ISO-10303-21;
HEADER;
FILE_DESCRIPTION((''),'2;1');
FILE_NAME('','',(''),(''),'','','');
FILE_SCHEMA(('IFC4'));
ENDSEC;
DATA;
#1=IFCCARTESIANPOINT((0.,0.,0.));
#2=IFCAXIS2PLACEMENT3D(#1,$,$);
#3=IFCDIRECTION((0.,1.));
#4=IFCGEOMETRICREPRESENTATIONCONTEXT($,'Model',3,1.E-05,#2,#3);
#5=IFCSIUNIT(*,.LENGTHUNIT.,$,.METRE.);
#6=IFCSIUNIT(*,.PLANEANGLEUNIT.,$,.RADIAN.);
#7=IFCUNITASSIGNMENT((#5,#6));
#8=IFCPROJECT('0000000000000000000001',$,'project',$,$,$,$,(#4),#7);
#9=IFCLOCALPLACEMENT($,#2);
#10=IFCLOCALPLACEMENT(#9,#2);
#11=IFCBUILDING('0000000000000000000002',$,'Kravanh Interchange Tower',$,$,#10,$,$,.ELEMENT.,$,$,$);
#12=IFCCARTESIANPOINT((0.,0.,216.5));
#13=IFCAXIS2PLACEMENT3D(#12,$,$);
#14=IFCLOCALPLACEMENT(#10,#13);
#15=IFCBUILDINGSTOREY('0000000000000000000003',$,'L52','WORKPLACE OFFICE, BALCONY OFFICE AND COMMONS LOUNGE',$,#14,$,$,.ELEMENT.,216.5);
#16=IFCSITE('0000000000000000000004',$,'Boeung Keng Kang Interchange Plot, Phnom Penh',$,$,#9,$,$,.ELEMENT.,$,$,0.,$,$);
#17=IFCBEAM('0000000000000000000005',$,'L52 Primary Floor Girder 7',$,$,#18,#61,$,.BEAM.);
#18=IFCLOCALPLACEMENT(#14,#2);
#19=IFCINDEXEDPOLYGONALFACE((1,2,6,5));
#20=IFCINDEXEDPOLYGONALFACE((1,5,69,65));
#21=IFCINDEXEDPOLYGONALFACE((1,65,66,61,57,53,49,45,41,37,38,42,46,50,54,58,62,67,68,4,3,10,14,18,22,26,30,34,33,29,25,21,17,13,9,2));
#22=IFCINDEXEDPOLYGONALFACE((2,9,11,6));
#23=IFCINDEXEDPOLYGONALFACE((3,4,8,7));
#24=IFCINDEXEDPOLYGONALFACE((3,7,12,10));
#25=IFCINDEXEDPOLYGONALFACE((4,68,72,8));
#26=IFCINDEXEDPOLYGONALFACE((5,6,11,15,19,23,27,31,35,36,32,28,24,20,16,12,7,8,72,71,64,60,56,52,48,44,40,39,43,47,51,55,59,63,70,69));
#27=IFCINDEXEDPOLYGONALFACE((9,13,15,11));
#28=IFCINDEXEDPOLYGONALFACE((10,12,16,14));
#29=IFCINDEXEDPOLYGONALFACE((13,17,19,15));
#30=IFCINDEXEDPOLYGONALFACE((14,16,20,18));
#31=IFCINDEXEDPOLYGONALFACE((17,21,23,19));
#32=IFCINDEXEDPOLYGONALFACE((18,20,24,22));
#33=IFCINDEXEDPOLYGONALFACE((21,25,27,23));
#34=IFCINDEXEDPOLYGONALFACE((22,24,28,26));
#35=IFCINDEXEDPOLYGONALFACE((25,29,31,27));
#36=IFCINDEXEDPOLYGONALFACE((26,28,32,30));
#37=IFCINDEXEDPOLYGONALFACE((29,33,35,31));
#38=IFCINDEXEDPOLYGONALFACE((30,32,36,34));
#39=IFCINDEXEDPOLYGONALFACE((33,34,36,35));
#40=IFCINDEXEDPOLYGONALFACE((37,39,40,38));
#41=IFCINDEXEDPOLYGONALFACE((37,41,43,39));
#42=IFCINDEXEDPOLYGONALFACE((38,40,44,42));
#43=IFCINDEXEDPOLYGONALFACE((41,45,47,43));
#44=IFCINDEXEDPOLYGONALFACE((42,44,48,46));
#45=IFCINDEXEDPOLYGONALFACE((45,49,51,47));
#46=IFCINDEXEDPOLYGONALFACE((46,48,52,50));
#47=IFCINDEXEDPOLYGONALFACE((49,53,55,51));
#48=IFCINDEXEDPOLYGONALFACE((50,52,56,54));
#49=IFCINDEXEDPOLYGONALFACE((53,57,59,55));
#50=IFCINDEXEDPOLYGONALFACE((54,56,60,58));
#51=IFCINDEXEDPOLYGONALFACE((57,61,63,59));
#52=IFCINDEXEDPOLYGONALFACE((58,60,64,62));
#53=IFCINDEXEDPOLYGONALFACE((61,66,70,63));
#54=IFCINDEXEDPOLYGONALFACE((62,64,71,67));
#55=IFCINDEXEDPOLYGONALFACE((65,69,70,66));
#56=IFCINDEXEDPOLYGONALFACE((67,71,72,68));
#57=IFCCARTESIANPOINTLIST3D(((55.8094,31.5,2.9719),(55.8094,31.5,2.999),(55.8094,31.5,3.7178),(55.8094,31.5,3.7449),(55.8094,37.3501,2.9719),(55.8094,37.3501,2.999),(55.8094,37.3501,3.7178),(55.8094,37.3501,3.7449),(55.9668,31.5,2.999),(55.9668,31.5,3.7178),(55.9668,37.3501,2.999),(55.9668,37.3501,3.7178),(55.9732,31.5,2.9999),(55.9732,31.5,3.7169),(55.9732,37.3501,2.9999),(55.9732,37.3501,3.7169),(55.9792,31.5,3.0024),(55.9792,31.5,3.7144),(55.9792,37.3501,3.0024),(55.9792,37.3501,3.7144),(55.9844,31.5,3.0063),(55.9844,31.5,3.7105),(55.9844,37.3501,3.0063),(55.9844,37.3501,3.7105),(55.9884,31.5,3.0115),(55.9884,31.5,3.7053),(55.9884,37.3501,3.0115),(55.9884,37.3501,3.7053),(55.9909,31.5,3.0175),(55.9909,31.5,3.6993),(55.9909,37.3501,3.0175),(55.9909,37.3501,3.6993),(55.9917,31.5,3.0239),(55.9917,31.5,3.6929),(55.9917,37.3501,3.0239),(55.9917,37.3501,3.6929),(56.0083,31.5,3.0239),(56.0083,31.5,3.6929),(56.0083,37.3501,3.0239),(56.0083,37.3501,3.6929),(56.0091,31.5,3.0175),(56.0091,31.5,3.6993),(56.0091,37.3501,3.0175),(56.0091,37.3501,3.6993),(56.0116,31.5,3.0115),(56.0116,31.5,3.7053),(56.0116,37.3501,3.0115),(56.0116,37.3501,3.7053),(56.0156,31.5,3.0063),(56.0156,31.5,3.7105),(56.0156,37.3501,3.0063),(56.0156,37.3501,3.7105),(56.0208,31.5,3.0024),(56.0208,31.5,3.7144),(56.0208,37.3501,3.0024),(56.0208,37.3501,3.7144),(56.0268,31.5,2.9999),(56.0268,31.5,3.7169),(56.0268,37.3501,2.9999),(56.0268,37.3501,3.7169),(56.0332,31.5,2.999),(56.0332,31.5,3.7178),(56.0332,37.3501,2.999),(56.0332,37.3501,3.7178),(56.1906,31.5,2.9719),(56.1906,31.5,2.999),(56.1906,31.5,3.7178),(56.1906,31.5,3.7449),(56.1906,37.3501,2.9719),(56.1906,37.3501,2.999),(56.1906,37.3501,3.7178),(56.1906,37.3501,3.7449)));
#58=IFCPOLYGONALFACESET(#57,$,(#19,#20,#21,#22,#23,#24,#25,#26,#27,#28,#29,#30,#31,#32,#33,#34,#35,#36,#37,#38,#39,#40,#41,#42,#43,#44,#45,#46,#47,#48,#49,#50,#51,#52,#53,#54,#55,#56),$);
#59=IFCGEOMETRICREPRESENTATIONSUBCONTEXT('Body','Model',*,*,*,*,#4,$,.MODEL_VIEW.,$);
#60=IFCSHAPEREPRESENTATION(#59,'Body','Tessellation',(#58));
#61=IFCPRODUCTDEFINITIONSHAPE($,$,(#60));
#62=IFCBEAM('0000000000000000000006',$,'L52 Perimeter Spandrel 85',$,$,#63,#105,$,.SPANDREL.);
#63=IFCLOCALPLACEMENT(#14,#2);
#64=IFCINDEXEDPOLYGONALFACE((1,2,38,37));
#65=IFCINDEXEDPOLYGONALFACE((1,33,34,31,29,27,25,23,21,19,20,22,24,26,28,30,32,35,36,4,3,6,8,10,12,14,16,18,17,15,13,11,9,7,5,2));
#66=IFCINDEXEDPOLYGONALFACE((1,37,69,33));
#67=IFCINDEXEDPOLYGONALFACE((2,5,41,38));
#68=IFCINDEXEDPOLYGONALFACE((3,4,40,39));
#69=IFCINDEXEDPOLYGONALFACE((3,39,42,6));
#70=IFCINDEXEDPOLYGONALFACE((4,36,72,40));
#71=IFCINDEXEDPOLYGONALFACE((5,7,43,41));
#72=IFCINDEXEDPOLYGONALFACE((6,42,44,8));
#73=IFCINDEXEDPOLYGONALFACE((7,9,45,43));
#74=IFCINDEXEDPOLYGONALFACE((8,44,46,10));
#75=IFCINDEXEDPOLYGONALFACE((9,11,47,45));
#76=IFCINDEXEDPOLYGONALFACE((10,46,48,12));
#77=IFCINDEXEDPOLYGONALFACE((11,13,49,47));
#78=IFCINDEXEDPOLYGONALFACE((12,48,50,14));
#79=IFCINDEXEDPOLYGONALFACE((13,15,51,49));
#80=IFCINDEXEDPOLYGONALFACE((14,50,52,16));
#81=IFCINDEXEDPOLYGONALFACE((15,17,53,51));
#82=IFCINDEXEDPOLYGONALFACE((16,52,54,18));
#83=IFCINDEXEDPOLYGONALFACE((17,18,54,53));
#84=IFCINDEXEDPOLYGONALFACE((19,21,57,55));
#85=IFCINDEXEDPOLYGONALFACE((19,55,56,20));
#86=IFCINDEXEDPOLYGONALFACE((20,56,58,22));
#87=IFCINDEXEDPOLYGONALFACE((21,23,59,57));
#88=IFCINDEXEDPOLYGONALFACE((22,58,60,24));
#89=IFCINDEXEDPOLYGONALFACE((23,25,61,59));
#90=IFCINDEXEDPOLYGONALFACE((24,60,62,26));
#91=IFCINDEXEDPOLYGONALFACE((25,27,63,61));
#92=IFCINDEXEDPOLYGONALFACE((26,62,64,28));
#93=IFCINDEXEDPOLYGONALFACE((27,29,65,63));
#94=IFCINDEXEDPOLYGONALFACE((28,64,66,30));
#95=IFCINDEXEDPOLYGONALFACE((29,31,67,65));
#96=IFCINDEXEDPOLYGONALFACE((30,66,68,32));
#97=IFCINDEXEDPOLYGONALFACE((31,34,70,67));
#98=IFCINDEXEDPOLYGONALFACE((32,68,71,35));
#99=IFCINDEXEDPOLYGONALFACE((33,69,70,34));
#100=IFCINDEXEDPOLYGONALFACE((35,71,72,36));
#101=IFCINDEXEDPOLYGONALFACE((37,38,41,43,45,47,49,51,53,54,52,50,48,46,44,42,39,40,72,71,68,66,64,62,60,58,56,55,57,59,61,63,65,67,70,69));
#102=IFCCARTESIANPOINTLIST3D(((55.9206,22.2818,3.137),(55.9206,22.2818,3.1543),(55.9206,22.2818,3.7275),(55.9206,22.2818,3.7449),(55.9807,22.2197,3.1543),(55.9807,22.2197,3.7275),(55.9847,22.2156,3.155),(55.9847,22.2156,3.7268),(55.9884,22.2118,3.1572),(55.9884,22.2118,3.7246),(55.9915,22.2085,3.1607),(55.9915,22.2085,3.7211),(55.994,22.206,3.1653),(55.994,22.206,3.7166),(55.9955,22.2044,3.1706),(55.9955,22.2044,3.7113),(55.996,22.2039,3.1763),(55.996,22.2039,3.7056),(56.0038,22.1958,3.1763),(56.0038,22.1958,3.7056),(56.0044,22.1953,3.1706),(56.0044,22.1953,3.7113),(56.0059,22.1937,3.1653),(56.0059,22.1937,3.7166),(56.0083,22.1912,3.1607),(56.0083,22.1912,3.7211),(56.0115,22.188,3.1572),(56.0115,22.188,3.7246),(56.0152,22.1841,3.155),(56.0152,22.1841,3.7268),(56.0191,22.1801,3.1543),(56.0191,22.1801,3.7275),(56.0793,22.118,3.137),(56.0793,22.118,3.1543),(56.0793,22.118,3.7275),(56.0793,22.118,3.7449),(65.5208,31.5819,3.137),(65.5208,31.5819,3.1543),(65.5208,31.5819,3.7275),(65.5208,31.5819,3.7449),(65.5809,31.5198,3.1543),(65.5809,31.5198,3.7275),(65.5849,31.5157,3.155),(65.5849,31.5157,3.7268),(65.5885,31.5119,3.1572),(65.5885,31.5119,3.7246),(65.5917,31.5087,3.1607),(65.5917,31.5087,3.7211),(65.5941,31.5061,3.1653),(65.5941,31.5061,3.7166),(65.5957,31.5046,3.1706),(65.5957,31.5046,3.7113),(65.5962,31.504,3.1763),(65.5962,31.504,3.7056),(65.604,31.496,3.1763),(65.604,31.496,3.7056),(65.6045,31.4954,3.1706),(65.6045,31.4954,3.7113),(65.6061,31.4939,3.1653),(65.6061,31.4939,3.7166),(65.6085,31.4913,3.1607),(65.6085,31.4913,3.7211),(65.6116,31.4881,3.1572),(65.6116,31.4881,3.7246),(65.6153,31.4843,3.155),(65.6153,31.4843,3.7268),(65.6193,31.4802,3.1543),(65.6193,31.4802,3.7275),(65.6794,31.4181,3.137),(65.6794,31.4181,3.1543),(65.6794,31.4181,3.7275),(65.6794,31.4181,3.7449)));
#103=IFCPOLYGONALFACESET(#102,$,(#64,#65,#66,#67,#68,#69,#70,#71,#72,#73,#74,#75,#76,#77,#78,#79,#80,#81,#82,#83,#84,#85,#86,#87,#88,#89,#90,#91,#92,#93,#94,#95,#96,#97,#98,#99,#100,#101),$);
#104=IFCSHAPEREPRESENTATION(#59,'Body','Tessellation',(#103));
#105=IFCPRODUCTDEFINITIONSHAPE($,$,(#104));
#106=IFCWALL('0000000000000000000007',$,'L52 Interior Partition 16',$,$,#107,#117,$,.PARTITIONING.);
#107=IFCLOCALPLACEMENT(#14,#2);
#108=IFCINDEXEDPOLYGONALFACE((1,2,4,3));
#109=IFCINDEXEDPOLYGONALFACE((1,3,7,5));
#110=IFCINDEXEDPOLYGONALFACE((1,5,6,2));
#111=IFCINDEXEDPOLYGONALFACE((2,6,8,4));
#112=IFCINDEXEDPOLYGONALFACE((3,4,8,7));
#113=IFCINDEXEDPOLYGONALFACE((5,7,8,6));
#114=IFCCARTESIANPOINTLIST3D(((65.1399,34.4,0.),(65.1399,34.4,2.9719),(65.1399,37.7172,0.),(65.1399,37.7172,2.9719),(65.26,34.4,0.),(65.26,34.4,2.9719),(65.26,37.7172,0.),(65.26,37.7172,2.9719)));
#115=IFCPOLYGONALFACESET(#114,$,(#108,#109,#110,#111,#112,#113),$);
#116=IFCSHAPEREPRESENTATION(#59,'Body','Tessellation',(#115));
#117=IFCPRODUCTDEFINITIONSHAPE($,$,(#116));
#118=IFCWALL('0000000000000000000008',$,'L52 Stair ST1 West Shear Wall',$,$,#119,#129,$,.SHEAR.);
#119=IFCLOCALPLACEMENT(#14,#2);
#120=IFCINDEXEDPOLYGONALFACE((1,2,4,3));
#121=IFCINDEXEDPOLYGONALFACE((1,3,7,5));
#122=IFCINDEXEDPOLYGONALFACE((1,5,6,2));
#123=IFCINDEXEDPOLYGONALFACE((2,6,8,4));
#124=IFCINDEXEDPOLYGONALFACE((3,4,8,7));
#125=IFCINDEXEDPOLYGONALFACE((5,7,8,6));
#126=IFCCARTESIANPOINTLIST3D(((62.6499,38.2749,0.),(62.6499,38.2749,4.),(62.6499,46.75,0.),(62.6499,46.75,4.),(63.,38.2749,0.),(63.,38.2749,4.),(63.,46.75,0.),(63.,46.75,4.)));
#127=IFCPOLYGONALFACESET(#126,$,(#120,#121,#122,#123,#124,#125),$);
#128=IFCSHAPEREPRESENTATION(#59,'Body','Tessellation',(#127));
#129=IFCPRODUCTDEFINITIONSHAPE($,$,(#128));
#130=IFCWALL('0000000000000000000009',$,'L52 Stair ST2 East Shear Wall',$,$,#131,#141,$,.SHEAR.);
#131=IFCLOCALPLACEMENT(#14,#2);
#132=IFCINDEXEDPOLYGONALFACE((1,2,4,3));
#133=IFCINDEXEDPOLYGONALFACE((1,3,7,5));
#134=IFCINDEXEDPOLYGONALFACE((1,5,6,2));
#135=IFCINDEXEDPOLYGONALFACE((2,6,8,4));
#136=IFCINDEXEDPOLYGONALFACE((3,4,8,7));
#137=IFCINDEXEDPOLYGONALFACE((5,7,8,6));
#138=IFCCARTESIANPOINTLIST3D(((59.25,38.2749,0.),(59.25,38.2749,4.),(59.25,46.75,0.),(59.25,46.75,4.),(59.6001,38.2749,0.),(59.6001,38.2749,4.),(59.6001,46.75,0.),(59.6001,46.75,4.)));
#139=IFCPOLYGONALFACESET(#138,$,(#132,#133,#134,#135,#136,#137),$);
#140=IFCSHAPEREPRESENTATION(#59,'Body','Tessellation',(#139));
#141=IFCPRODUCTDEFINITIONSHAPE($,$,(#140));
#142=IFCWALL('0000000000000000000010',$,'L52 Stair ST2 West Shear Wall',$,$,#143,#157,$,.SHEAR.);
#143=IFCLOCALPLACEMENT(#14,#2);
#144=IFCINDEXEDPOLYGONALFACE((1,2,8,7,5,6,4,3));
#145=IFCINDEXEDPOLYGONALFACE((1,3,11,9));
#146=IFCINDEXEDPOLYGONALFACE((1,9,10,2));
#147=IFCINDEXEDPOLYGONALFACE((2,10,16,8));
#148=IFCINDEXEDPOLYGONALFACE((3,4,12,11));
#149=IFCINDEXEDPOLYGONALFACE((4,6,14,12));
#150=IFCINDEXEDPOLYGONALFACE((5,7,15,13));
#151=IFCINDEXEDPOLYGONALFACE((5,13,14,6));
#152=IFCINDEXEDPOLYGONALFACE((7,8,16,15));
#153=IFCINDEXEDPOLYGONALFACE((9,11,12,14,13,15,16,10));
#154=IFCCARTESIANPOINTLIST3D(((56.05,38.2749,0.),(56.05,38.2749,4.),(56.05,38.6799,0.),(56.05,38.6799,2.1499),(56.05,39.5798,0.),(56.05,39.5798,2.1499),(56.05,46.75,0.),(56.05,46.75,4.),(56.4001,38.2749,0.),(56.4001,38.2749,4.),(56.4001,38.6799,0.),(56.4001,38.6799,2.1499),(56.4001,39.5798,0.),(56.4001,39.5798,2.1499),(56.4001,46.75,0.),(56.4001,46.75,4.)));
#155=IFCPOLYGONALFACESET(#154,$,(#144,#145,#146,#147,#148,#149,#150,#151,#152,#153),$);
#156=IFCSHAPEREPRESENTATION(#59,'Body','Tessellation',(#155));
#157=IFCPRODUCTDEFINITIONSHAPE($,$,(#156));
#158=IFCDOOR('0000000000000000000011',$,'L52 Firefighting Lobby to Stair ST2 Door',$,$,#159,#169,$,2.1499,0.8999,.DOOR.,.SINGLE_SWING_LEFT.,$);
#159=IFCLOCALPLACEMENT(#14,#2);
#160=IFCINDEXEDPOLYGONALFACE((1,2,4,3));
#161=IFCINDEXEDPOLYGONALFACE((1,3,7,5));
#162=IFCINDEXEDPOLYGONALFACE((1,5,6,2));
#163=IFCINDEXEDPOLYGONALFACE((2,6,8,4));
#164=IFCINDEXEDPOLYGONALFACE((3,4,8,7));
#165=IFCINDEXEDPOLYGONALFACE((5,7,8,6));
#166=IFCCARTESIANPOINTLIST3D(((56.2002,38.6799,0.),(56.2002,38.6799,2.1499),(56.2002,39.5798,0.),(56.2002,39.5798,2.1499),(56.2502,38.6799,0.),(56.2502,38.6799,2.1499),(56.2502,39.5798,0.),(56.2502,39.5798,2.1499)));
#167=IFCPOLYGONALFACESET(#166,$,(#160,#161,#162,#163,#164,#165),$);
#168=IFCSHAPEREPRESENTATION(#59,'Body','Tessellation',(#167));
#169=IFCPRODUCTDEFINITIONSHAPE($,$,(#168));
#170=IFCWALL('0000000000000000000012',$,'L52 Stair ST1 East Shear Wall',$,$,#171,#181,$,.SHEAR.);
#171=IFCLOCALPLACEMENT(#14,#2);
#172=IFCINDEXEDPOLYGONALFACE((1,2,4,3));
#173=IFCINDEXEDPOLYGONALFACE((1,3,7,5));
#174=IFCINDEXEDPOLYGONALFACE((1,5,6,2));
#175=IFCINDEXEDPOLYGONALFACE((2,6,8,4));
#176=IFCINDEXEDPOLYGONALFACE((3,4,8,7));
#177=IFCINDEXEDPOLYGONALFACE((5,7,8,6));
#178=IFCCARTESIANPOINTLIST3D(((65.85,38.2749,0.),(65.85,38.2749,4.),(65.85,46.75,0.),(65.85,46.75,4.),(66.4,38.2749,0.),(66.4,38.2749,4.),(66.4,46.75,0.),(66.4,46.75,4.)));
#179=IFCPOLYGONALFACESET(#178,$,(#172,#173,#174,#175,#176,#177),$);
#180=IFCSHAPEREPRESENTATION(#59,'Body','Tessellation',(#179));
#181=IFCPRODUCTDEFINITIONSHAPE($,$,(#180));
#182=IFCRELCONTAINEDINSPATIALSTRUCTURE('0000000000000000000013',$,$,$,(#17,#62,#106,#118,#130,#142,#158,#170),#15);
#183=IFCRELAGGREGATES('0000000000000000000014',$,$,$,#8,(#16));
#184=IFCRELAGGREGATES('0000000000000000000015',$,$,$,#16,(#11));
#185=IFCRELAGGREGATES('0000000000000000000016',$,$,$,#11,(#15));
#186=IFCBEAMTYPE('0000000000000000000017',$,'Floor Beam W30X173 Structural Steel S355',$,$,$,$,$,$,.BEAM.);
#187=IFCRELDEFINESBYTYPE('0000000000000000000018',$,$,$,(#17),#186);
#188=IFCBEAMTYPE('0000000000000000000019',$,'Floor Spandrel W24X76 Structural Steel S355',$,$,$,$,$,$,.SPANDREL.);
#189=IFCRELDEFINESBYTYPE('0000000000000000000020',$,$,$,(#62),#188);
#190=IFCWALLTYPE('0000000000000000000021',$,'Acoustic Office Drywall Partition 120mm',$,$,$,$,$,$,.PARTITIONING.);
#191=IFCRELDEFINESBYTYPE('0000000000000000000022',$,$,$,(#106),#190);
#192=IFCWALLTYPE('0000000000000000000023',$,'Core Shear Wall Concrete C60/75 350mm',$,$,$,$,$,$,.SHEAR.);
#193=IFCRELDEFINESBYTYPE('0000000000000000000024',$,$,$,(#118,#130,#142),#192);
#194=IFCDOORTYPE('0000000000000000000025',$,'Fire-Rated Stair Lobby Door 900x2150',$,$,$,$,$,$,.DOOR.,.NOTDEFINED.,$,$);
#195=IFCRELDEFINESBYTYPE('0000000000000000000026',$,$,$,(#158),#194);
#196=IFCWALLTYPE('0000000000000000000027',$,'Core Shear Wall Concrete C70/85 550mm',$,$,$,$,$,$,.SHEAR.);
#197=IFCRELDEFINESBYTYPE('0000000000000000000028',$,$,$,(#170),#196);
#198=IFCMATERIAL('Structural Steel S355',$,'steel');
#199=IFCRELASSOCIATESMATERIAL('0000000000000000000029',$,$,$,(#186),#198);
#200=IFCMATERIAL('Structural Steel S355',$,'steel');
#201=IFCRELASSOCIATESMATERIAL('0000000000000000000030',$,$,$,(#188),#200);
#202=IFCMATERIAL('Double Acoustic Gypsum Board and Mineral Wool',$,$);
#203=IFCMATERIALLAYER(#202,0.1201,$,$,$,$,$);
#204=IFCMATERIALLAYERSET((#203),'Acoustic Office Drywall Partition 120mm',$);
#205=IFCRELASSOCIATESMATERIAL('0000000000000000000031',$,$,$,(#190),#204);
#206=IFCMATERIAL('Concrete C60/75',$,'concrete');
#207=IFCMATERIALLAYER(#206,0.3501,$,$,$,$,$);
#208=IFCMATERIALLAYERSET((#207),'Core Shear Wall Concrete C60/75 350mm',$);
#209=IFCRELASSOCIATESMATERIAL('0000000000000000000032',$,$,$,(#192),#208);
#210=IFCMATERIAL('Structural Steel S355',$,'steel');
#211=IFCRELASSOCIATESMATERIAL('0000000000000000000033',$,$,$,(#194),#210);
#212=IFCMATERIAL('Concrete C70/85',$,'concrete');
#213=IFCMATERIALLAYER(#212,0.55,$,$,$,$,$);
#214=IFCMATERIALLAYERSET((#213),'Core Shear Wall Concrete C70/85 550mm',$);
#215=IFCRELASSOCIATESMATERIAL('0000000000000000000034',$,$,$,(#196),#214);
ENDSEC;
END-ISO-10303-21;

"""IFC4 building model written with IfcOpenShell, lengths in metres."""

from ifc_helpers import new_model, si_unit, direction, frame, frame_2d, origin, origin_2d, place, context, subcontext, project, spatial, rectangle, i_section, extrude, material, layer, layer_set, material_profile, profile_set, type_object, element, fill, save


model = new_model("IFC4")

# Units and contexts
model_context = context("Model", 3, precision=1e-05, world=origin(), true_north=direction((0.0, 1.0)))
body_context = subcontext(model_context, "Body", "Model", "MODEL_VIEW")
ifc_project = project(units=[si_unit("LENGTHUNIT", "METRE"), si_unit("PLANEANGLEUNIT", "RADIAN")], contexts=[model_context])

# Site, building, storey
site_placement = place(None, origin())
site = spatial("IfcSite", under=ifc_project, at=site_placement, Name="Boeung Keng Kang Interchange Plot, Phnom Penh", CompositionType="ELEMENT", RefElevation=0.0)
building_placement = place(site_placement, origin())
building = spatial("IfcBuilding", under=site, at=building_placement, Name="Kravanh Interchange Tower", CompositionType="ELEMENT")
storey_placement = place(building_placement, frame((0.0, 0.0, 216.5)))
storey = spatial("IfcBuildingStorey", under=building, at=storey_placement, Name="L52", Description="WORKPLACE OFFICE, BALCONY OFFICE AND COMMONS LOUNGE", CompositionType="ELEMENT", Elevation=216.5)

# Beams
ifc_material_1 = material(Name="Structural Steel S355", Category="steel")
ifc_material_profile_1 = material_profile(ifc_material_1, i_section(OverallWidth=0.3811, OverallDepth=0.7729, WebThickness=0.0166, FlangeThickness=0.0271, FilletRadius=0.0249, at=origin_2d()), Name="W30X173")
ifc_profile_set_1 = profile_set([ifc_material_profile_1], Name="Structural Steel S355")
beam_type_1 = type_object("IfcBeamType", Name="Floor Beam W30X173 Structural Steel S355", PredefinedType="BEAM", material=ifc_profile_set_1)
beam_1_placement = place(storey_placement, frame((56.0, 37.3501, 3.3584), z_axis=(0.0, -1.0, 0.0), x_axis=(1.0, 0.0, 0.0)))
element("IfcBeam", 1, at=beam_1_placement, inside=storey, type_object=beam_type_1, Name="L52 Primary Floor Girder 7", PredefinedType="BEAM", context=body_context, shape_type="SweptSolid", body=[
    extrude(i_section(OverallWidth=0.3811, OverallDepth=0.7729, WebThickness=0.0166, FlangeThickness=0.0271, FilletRadius=0.0249, at=origin_2d()), origin(), (0.0, 0.0, 1.0), 5.8501),
])
ifc_material_2 = material(Name="Structural Steel S355", Category="steel")
ifc_material_profile_2 = material_profile(ifc_material_2, i_section(OverallWidth=0.228, OverallDepth=0.6079, WebThickness=0.0112, FlangeThickness=0.0173, FilletRadius=0.022, at=origin_2d()), Name="W24X76")
ifc_profile_set_2 = profile_set([ifc_material_profile_2], Name="Structural Steel S355")
beam_type_2 = type_object("IfcBeamType", Name="Floor Spandrel W24X76 Structural Steel S355", PredefinedType="SPANDREL", material=ifc_profile_set_2)
beam_2_placement = place(storey_placement, frame((65.6001, 31.5, 3.4409), z_axis=(-0.718242, -0.695793, 0.0), x_axis=(0.695793, -0.718242, 0.0)))
element("IfcBeam", 2, at=beam_2_placement, inside=storey, type_object=beam_type_2, Name="L52 Perimeter Spandrel 85", PredefinedType="SPANDREL", context=body_context, shape_type="SweptSolid", body=[
    extrude(i_section(OverallWidth=0.228, OverallDepth=0.6079, WebThickness=0.0112, FlangeThickness=0.0173, FilletRadius=0.022, at=origin_2d()), origin(), (0.0, 0.0, 1.0), 13.3662),
])

# Walls
ifc_material_3 = material(Name="Double Acoustic Gypsum Board and Mineral Wool")
ifc_layer_1 = layer(ifc_material_3, 0.1201)
ifc_layer_set_1 = layer_set([ifc_layer_1], Name="Acoustic Office Drywall Partition 120mm")
wall_type_1 = type_object("IfcWallType", Name="Acoustic Office Drywall Partition 120mm", PredefinedType="PARTITIONING", material=ifc_layer_set_1)
wall_1_placement = place(storey_placement, frame((65.2, 34.3999, 0.0), z_axis=(0.0, 0.0, 1.0), x_axis=(0.0, 1.0, 0.0)))
element("IfcWall", 3, at=wall_1_placement, inside=storey, type_object=wall_type_1, Name="L52 Interior Partition 16", PredefinedType="PARTITIONING", context=body_context, shape_type="SweptSolid", body=[
    extrude(rectangle(XDim=3.3171, YDim=0.1201, at=frame_2d((1.6587, 0.0))), origin(), (0.0, 0.0, 1.0), 2.9719),
])
ifc_material_4 = material(Name="Concrete C60/75", Category="concrete")
ifc_layer_2 = layer(ifc_material_4, 0.3501)
ifc_layer_set_2 = layer_set([ifc_layer_2], Name="Core Shear Wall Concrete C60/75 350mm")
wall_type_2 = type_object("IfcWallType", Name="Core Shear Wall Concrete C60/75 350mm", PredefinedType="SHEAR", material=ifc_layer_set_2)
for number, where, z_axis, x_axis, name in (
    (4, (62.825, 38.2749, 0.0), (0.0, 0.0, 1.0), (0.0, 1.0, 0.0), "L52 Stair ST1 West Shear Wall"),
    (5, (59.425, 38.2749, 0.0), (0.0, 0.0, 1.0), (0.0, 1.0, 0.0), "L52 Stair ST2 East Shear Wall"),
):
    element("IfcWall", number, at=place(storey_placement, frame(where, z_axis=z_axis, x_axis=x_axis)), inside=storey, type_object=wall_type_2, Name=name, PredefinedType="SHEAR", context=body_context, shape_type="SweptSolid", body=[
        extrude(rectangle(XDim=8.4751, YDim=0.3501, at=frame_2d((4.2375, 0.0))), origin(), (0.0, 0.0, 1.0), 4.0),
    ])

# Wall, opening, door
wall_2_placement = place(storey_placement, frame((56.2251, 38.2749, 0.0), z_axis=(0.0, 0.0, 1.0), x_axis=(0.0, 1.0, 0.0)))
wall_2 = element("IfcWall", 6, at=wall_2_placement, inside=storey, type_object=wall_type_2, Name="L52 Stair ST2 West Shear Wall", PredefinedType="SHEAR", context=body_context, shape_type="SweptSolid", body=[
    extrude(rectangle(XDim=8.4751, YDim=0.3501, at=frame_2d((4.2375, 0.0))), origin(), (0.0, 0.0, 1.0), 4.0),
])
opening_1_placement = place(wall_2_placement, frame((0.405, 0.0, 0.0)))
opening_1 = element("IfcOpeningElement", 7, at=opening_1_placement, cuts=wall_2, PredefinedType="OPENING", context=body_context, shape_type="SweptSolid", body=[
    extrude(rectangle(XDim=0.8999, YDim=2.1499, at=frame_2d((0.45, 1.075))), frame((0.0, 0.1851, 0.0), z_axis=(0.0, -1.0, 0.0), x_axis=(1.0, 0.0, 0.0)), (0.0, 0.0, 1.0), 0.3701),
])
ifc_material_5 = material(Name="Structural Steel S355", Category="steel")
door_type_1 = type_object("IfcDoorType", Name="Fire-Rated Stair Lobby Door 900x2150", OperationType="NOTDEFINED", PredefinedType="DOOR", material=ifc_material_5)
door_1_placement = place(opening_1_placement, origin())
door_1 = element("IfcDoor", 8, at=door_1_placement, inside=storey, type_object=door_type_1, Name="L52 Firefighting Lobby to Stair ST2 Door", OperationType="SINGLE_SWING_LEFT", OverallHeight=2.1499, OverallWidth=0.8999, PredefinedType="DOOR", context=body_context, shape_type="SweptSolid", body=[
    extrude(rectangle(XDim=0.8999, YDim=2.1499, at=frame_2d((0.45, 1.075))), frame((0.0, 0.0249, 0.0), z_axis=(0.0, -1.0, 0.0), x_axis=(1.0, 0.0, 0.0)), (0.0, 0.0, 1.0), 0.05),
])
fill(opening_1, door_1)

# Wall
ifc_material_6 = material(Name="Concrete C70/85", Category="concrete")
ifc_layer_3 = layer(ifc_material_6, 0.55)
ifc_layer_set_3 = layer_set([ifc_layer_3], Name="Core Shear Wall Concrete C70/85 550mm")
wall_type_3 = type_object("IfcWallType", Name="Core Shear Wall Concrete C70/85 550mm", PredefinedType="SHEAR", material=ifc_layer_set_3)
wall_3_placement = place(storey_placement, frame((66.125, 38.2749, 0.0), z_axis=(0.0, 0.0, 1.0), x_axis=(0.0, 1.0, 0.0)))
element("IfcWall", 9, at=wall_3_placement, inside=storey, type_object=wall_type_3, Name="L52 Stair ST1 East Shear Wall", PredefinedType="SHEAR", context=body_context, shape_type="SweptSolid", body=[
    extrude(rectangle(XDim=8.4751, YDim=0.55, at=frame_2d((4.2375, 0.0))), origin(), (0.0, 0.0, 1.0), 4.0),
])

save(model, "model.ifc")
